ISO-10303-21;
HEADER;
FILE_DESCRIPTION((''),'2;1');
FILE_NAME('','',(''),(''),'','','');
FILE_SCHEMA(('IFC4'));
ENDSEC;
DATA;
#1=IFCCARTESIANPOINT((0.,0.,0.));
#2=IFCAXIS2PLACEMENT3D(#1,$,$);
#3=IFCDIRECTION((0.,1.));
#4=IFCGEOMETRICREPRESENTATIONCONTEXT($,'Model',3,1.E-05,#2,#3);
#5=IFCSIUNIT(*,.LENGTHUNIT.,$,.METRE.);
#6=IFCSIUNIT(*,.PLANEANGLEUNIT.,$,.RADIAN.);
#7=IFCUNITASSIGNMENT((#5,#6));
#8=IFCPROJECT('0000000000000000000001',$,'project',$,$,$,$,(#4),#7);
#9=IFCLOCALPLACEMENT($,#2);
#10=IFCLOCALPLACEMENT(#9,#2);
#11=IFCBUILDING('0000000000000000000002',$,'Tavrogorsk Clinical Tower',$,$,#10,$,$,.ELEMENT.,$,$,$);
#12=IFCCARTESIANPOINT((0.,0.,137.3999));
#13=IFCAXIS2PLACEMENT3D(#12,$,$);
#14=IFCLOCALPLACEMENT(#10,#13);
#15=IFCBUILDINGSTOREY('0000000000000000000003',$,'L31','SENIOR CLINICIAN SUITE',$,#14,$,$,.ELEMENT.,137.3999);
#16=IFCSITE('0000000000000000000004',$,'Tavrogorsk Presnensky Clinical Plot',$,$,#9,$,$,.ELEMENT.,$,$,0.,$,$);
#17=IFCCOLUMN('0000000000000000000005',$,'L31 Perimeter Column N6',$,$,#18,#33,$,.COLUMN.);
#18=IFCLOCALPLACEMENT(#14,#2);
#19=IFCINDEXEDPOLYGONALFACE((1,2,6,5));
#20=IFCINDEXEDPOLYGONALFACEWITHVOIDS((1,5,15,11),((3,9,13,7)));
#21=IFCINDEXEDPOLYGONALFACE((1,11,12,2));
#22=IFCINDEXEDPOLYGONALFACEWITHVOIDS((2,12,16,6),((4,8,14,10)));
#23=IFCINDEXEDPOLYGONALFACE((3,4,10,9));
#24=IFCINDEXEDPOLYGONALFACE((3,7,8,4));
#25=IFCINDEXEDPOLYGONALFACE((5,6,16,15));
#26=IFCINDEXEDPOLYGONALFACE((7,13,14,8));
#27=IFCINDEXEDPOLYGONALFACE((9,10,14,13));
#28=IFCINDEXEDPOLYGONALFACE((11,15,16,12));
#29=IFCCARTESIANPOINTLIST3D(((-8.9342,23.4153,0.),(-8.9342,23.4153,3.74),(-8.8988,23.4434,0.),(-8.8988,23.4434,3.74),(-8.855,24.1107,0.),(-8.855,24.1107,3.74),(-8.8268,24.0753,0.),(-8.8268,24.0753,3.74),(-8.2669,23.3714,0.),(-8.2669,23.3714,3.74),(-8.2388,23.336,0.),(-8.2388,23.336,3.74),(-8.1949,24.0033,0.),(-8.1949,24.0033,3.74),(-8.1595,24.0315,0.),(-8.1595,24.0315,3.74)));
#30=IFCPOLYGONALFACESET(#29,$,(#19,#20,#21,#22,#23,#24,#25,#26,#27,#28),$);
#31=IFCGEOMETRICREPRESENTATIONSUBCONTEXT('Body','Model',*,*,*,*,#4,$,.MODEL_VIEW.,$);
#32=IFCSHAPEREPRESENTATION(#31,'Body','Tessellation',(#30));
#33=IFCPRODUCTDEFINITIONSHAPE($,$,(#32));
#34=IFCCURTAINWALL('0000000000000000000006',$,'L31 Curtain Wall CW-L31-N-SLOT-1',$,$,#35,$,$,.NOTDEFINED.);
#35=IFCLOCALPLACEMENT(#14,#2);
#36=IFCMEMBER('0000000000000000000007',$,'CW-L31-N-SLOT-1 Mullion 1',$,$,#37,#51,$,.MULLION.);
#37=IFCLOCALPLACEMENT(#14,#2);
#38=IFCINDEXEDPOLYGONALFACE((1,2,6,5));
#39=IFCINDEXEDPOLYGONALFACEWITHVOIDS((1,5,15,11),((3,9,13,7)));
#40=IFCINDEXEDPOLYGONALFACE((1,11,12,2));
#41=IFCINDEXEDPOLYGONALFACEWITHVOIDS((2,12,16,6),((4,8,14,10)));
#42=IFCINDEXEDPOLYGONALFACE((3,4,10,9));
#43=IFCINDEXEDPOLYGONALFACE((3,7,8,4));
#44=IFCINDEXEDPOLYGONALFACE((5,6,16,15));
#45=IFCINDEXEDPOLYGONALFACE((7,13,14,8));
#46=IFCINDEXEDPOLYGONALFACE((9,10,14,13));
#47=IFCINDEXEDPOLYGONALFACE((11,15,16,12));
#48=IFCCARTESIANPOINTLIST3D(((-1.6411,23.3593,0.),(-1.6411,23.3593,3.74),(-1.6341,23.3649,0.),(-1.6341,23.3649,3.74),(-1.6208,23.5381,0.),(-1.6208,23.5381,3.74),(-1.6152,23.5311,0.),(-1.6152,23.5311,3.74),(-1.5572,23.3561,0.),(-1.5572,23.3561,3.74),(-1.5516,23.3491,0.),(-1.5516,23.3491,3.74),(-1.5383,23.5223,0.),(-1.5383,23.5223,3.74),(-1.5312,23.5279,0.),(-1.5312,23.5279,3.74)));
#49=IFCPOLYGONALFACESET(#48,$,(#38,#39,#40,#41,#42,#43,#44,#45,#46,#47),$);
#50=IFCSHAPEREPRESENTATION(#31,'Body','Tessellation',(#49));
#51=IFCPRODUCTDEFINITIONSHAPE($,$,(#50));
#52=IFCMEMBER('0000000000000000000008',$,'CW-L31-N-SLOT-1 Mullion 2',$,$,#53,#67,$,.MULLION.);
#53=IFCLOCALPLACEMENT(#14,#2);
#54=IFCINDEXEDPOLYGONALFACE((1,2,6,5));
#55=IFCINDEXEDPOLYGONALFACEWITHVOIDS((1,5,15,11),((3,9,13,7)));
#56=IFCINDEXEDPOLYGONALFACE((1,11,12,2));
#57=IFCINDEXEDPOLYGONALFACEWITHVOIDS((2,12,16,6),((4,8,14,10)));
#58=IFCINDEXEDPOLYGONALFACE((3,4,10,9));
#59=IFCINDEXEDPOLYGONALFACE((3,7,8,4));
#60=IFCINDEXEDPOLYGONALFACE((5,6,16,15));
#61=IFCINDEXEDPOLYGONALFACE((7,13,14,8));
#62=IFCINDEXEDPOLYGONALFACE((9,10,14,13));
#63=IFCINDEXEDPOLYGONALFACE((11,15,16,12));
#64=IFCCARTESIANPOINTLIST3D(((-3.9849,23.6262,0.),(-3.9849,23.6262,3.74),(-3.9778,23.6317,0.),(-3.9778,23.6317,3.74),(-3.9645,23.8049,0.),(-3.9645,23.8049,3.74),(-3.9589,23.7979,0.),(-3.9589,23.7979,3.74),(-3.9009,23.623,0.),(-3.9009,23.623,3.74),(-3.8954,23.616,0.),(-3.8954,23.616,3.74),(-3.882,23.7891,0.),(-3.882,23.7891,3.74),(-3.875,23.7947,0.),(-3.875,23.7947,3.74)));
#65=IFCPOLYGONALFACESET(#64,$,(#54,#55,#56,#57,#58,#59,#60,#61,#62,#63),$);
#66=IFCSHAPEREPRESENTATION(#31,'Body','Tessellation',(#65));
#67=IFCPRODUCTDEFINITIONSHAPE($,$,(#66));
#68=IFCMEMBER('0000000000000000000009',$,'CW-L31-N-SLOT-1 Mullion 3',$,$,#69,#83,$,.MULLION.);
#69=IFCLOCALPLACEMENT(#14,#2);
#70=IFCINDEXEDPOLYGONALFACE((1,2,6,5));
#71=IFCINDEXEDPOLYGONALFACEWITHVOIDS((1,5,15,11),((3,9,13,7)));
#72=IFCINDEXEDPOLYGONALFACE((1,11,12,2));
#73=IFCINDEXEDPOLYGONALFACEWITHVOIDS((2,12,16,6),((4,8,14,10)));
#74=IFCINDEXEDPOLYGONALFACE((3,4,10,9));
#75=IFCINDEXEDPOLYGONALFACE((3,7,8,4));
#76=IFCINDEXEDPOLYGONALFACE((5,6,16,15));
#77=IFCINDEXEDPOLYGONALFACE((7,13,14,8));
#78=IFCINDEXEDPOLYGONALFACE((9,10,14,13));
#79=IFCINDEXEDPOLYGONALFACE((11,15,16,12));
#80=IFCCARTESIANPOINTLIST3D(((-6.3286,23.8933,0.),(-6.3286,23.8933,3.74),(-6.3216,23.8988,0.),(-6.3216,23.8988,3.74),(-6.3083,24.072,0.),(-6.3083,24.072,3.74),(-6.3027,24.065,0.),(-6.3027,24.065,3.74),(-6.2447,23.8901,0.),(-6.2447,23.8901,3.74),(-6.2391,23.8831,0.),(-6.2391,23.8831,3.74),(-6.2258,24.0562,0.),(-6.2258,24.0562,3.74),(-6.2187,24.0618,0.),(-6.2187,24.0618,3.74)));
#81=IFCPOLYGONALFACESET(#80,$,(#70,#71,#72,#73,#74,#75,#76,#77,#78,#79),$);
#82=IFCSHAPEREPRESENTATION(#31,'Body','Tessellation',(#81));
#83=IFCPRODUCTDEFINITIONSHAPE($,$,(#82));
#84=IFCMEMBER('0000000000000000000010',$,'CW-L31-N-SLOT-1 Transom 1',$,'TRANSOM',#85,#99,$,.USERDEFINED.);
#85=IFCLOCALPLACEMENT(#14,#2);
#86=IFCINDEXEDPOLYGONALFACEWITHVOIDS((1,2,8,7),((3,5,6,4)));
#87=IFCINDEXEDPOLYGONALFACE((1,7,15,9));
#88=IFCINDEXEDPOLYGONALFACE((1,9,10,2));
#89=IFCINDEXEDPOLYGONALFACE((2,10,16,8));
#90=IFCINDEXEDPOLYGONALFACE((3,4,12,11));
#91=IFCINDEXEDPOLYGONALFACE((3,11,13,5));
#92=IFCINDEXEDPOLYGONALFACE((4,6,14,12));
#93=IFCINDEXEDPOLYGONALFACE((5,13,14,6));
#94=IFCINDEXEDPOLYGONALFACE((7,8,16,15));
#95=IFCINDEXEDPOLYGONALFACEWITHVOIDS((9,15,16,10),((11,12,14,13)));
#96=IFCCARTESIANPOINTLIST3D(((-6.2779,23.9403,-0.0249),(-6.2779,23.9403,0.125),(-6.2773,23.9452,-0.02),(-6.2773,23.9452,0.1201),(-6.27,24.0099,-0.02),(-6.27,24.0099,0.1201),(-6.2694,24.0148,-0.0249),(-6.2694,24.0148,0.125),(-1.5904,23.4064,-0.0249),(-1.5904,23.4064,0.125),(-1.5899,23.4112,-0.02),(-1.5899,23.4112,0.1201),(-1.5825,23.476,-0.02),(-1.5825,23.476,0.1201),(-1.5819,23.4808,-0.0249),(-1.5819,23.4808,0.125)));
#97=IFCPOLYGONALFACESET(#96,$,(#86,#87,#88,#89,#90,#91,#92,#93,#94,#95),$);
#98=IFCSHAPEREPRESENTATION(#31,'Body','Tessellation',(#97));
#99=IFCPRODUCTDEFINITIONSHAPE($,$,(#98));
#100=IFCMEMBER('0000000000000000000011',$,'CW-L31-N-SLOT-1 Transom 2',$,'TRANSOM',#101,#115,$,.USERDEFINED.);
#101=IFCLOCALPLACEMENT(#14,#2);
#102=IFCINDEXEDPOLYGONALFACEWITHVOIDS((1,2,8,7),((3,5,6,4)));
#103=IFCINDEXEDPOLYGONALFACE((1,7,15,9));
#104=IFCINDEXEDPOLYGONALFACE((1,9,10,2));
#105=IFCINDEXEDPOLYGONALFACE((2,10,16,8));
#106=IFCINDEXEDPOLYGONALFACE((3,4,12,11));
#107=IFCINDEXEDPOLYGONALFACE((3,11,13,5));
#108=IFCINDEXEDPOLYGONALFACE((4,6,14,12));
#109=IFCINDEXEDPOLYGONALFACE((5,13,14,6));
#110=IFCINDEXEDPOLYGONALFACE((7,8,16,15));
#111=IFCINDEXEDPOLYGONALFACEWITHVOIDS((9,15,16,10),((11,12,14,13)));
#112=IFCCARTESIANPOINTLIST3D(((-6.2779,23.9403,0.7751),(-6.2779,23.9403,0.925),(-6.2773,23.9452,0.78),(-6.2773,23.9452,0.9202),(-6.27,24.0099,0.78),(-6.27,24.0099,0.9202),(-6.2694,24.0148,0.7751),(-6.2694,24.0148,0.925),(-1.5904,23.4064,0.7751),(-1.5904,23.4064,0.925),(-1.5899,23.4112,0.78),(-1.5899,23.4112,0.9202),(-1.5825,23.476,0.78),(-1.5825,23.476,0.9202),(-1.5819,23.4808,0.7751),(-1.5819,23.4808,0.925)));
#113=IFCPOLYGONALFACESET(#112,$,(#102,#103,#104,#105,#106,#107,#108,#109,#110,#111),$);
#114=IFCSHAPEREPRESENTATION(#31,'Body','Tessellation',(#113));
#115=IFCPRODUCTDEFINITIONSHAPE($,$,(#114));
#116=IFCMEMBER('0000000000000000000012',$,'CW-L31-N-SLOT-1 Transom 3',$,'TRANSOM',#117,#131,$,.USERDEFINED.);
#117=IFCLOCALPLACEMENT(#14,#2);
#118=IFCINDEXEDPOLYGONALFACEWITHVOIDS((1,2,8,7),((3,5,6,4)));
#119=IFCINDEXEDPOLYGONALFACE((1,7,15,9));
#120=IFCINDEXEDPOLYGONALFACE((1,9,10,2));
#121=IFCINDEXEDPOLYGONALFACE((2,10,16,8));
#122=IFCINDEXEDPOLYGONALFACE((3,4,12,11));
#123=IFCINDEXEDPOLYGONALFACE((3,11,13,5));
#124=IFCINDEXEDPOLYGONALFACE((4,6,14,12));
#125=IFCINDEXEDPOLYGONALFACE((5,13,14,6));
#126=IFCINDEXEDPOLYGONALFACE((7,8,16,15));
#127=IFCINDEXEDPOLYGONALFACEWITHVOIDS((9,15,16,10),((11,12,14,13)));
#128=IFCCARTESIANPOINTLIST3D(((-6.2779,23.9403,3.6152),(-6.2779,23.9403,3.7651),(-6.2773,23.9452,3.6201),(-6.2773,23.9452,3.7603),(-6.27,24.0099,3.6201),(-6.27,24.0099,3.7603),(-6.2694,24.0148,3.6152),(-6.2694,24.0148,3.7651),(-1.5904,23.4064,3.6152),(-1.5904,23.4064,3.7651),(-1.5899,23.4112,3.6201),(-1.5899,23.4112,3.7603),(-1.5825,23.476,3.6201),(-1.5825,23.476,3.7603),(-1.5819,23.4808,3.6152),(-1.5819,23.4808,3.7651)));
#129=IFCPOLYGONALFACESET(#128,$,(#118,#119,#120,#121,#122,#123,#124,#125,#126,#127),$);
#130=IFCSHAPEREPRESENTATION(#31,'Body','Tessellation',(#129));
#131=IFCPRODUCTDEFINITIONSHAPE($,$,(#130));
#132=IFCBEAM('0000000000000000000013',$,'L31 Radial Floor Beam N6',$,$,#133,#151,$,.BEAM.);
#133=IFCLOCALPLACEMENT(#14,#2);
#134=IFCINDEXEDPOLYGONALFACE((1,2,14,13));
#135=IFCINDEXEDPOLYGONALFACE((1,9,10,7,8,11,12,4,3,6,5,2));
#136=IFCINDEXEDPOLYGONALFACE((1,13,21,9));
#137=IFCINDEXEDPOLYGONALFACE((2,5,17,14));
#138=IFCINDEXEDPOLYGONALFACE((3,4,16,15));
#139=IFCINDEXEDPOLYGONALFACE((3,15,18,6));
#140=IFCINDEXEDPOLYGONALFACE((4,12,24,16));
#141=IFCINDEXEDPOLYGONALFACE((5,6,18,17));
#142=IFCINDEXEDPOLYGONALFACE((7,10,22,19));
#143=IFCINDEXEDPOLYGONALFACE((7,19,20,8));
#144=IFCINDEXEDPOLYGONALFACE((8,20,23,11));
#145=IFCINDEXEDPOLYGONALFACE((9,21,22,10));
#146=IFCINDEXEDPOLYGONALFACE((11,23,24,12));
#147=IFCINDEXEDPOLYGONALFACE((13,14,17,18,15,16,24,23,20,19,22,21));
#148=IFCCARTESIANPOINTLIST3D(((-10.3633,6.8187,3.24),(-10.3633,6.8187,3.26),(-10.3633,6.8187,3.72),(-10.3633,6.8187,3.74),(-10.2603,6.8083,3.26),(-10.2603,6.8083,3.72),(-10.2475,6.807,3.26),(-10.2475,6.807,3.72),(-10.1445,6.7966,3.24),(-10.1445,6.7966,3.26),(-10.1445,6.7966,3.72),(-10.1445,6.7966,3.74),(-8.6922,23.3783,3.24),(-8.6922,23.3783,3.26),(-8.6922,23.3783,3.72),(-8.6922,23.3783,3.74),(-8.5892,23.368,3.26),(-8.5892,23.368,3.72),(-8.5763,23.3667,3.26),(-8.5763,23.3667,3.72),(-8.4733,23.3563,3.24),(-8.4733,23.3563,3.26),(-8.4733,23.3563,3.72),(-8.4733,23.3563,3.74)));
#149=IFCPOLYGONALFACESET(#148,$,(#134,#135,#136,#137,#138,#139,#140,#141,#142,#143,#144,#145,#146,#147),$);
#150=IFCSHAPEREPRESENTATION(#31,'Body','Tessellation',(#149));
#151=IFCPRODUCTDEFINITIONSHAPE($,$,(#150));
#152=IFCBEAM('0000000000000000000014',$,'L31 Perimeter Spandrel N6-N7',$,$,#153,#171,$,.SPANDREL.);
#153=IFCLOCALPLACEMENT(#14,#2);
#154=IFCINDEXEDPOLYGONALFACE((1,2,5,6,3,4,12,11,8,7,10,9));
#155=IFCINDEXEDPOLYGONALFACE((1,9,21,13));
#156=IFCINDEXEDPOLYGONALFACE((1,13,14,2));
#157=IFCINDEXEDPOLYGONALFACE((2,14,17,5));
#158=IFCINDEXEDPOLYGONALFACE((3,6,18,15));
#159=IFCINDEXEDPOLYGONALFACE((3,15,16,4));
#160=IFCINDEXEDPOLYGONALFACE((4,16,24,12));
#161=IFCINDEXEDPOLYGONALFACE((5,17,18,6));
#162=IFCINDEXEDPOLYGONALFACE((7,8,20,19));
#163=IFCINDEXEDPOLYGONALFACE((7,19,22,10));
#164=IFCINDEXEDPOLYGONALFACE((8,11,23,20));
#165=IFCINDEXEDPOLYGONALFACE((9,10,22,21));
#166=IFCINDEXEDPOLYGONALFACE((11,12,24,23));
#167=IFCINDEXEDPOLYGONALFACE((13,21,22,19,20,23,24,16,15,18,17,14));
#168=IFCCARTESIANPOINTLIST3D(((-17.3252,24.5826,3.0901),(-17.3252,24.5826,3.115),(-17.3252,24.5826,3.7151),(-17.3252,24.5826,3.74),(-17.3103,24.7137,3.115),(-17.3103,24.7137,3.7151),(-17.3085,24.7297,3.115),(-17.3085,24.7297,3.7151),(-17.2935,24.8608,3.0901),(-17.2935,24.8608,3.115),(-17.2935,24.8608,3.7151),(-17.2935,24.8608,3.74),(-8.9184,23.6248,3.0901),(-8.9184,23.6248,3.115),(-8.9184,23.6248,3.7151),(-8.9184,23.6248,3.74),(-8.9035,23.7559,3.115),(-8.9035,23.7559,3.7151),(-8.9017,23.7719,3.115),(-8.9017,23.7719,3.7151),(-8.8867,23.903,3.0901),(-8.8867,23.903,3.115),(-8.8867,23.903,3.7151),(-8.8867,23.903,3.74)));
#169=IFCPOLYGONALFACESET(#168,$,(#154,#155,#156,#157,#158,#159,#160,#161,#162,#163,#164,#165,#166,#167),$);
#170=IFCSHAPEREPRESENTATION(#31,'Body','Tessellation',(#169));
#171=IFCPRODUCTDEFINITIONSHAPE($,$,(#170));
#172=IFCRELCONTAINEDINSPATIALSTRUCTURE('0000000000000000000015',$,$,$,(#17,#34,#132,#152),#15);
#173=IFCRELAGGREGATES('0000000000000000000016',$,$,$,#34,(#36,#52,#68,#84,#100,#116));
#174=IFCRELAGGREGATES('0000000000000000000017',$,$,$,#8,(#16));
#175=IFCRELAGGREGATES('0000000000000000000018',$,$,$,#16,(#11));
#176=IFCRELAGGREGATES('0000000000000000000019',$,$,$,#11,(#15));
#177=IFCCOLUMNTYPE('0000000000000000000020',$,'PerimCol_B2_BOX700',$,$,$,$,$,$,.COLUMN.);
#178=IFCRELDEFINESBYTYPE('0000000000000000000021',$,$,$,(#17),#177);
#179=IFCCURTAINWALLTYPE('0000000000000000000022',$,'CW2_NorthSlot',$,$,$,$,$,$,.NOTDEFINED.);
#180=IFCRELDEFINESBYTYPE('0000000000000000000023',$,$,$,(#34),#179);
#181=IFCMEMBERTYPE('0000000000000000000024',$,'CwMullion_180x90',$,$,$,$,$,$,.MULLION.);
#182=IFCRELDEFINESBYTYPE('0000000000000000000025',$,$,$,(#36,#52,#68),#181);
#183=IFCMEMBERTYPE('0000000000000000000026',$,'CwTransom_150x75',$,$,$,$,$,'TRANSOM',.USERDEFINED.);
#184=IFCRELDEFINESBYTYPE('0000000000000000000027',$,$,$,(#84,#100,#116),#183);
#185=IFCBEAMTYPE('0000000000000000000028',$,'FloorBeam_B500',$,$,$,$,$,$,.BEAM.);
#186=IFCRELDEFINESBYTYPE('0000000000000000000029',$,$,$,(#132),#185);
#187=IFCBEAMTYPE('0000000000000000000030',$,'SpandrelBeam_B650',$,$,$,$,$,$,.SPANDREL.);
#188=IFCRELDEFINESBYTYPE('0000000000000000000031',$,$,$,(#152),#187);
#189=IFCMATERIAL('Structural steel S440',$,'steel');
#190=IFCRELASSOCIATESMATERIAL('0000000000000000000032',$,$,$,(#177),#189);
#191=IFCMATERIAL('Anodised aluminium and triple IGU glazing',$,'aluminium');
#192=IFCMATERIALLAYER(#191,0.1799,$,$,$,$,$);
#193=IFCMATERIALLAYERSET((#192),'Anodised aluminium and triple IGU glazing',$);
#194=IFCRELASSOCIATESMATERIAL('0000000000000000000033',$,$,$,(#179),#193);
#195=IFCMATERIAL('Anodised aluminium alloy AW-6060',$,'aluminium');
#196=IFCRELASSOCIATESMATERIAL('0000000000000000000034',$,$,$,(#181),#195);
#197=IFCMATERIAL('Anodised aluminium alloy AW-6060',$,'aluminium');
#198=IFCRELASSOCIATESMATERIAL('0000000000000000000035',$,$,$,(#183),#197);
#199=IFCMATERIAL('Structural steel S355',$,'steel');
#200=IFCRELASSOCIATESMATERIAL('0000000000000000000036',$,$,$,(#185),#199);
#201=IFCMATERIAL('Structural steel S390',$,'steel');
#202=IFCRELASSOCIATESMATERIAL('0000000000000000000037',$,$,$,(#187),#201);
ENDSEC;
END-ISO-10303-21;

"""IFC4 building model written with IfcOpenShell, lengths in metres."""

from ifc_helpers import new_model, si_unit, direction, frame, origin, origin_2d, place, context, subcontext, project, spatial, hollow_rectangle, i_section, extrude, material, layer, layer_set, material_profile, profile_set, type_object, element, aggregate, save


model = new_model("IFC4")

# Units and contexts
model_context = context("Model", 3, precision=1e-05, world=origin(), true_north=direction((0.0, 1.0)))
body_context = subcontext(model_context, "Body", "Model", "MODEL_VIEW")
ifc_project = project(units=[si_unit("LENGTHUNIT", "METRE"), si_unit("PLANEANGLEUNIT", "RADIAN")], contexts=[model_context])

# Site, building, storey
site_placement = place(None, origin())
site = spatial("IfcSite", under=ifc_project, at=site_placement, Name="Tavrogorsk Presnensky Clinical Plot", CompositionType="ELEMENT", RefElevation=0.0)
building_placement = place(site_placement, origin())
building = spatial("IfcBuilding", under=site, at=building_placement, Name="Tavrogorsk Clinical Tower", CompositionType="ELEMENT")
storey_placement = place(building_placement, frame((0.0, 0.0, 137.3999)))
storey = spatial("IfcBuildingStorey", under=building, at=storey_placement, Name="L31", Description="SENIOR CLINICIAN SUITE", CompositionType="ELEMENT", Elevation=137.3999)

# Column
ifc_material_1 = material(Name="Structural steel S440", Category="steel")
ifc_material_profile_1 = material_profile(ifc_material_1, hollow_rectangle(XDim=0.7, YDim=0.7, WallThickness=0.032, at=origin_2d()), Name="BOX-700x700x32")
ifc_profile_set_1 = profile_set([ifc_material_profile_1], Name="Structural steel S440")
column_type = type_object("IfcColumnType", Name="PerimCol_B2_BOX700", PredefinedType="COLUMN", material=ifc_profile_set_1)
column_placement = place(storey_placement, frame((-8.5469, 23.7234, 0.0), z_axis=(0.0, 0.0, 1.0), x_axis=(0.993572, -0.113203, 0.0)))
element("IfcColumn", 1, at=column_placement, inside=storey, type_object=column_type, Name="L31 Perimeter Column N6", PredefinedType="COLUMN", context=body_context, shape_type="SweptSolid", body=[
    extrude(hollow_rectangle(XDim=0.7, YDim=0.7, WallThickness=0.032, at=origin_2d()), origin(), (0.0, 0.0, 1.0), 3.74),
])

# Curtain wall, members
ifc_material_2 = material(Name="Anodised aluminium and triple IGU glazing", Category="aluminium")
ifc_layer_1 = layer(ifc_material_2, 0.1799)
ifc_layer_set_1 = layer_set([ifc_layer_1], Name="Anodised aluminium and triple IGU glazing")
curtain_wall_type = type_object("IfcCurtainWallType", Name="CW2_NorthSlot", PredefinedType="NOTDEFINED", material=ifc_layer_set_1)
curtain_wall_placement = place(storey_placement, origin())
curtain_wall = element("IfcCurtainWall", 2, at=curtain_wall_placement, inside=storey, type_object=curtain_wall_type, Name="L31 Curtain Wall CW-L31-N-SLOT-1", PredefinedType="NOTDEFINED")
ifc_material_3 = material(Name="Anodised aluminium alloy AW-6060", Category="aluminium")
ifc_material_profile_2 = material_profile(ifc_material_3, hollow_rectangle(XDim=0.0901, YDim=0.1799, WallThickness=0.0063, at=origin_2d()), Name="RHS-180x90x6.3")
ifc_profile_set_2 = profile_set([ifc_material_profile_2], Name="Anodised aluminium alloy AW-6060")
member_type_1 = type_object("IfcMemberType", Name="CwMullion_180x90", PredefinedType="MULLION", material=ifc_profile_set_2)
member_1_placement = place(storey_placement, frame((-1.5862, 23.4436, 0.0), z_axis=(0.0, 0.0, 1.0), x_axis=(-0.993572, 0.113203, 0.0)))
member_1 = element("IfcMember", 3, at=member_1_placement, type_object=member_type_1, Name="CW-L31-N-SLOT-1 Mullion 1", PredefinedType="MULLION", context=body_context, shape_type="SweptSolid", body=[
    extrude(hollow_rectangle(XDim=0.0901, YDim=0.1799, WallThickness=0.0063, at=origin_2d()), origin(), (0.0, 0.0, 1.0), 3.74),
])
member_2_placement = place(storey_placement, frame((-3.9299, 23.7104, 0.0), z_axis=(0.0, 0.0, 1.0), x_axis=(-0.993572, 0.113203, 0.0)))
member_2 = element("IfcMember", 4, at=member_2_placement, type_object=member_type_1, Name="CW-L31-N-SLOT-1 Mullion 2", PredefinedType="MULLION", context=body_context, shape_type="SweptSolid", body=[
    extrude(hollow_rectangle(XDim=0.0901, YDim=0.1799, WallThickness=0.0063, at=origin_2d()), origin(), (0.0, 0.0, 1.0), 3.74),
])
member_3_placement = place(storey_placement, frame((-6.2737, 23.9775, 0.0), z_axis=(0.0, 0.0, 1.0), x_axis=(-0.993572, 0.113203, 0.0)))
member_3 = element("IfcMember", 5, at=member_3_placement, type_object=member_type_1, Name="CW-L31-N-SLOT-1 Mullion 3", PredefinedType="MULLION", context=body_context, shape_type="SweptSolid", body=[
    extrude(hollow_rectangle(XDim=0.0901, YDim=0.1799, WallThickness=0.0063, at=origin_2d()), origin(), (0.0, 0.0, 1.0), 3.74),
])
ifc_material_4 = material(Name="Anodised aluminium alloy AW-6060", Category="aluminium")
ifc_material_profile_3 = material_profile(ifc_material_4, hollow_rectangle(XDim=0.075, YDim=0.1499, WallThickness=0.0049, at=origin_2d()), Name="RHS-150x75x5")
ifc_profile_set_3 = profile_set([ifc_material_profile_3], Name="Anodised aluminium alloy AW-6060")
member_type_2 = type_object("IfcMemberType", Name="CwTransom_150x75", ElementType="TRANSOM", PredefinedType="USERDEFINED", material=ifc_profile_set_3)
member_4_placement = place(storey_placement, frame((-1.5862, 23.4436, 0.05), z_axis=(-0.993575, 0.113174, 0.0), x_axis=(-0.113174, -0.993575, 0.0)))
member_4 = element("IfcMember", 6, at=member_4_placement, type_object=member_type_2, Name="CW-L31-N-SLOT-1 Transom 1", ObjectType="TRANSOM", PredefinedType="USERDEFINED", context=body_context, shape_type="SweptSolid", body=[
    extrude(hollow_rectangle(XDim=0.075, YDim=0.1499, WallThickness=0.0049, at=origin_2d()), origin(), (0.0, 0.0, 1.0), 4.7178),
])
member_5_placement = place(storey_placement, frame((-1.5862, 23.4436, 0.8501), z_axis=(-0.993575, 0.113174, 0.0), x_axis=(-0.113174, -0.993575, 0.0)))
member_5 = element("IfcMember", 7, at=member_5_placement, type_object=member_type_2, Name="CW-L31-N-SLOT-1 Transom 2", ObjectType="TRANSOM", PredefinedType="USERDEFINED", context=body_context, shape_type="SweptSolid", body=[
    extrude(hollow_rectangle(XDim=0.075, YDim=0.1499, WallThickness=0.0049, at=origin_2d()), origin(), (0.0, 0.0, 1.0), 4.7178),
])
member_6_placement = place(storey_placement, frame((-1.5862, 23.4436, 3.6902), z_axis=(-0.993575, 0.113174, 0.0), x_axis=(-0.113174, -0.993575, 0.0)))
member_6 = element("IfcMember", 8, at=member_6_placement, type_object=member_type_2, Name="CW-L31-N-SLOT-1 Transom 3", ObjectType="TRANSOM", PredefinedType="USERDEFINED", context=body_context, shape_type="SweptSolid", body=[
    extrude(hollow_rectangle(XDim=0.075, YDim=0.1499, WallThickness=0.0049, at=origin_2d()), origin(), (0.0, 0.0, 1.0), 4.7178),
])

# Beams
ifc_material_5 = material(Name="Structural steel S355", Category="steel")
ifc_material_profile_4 = material_profile(ifc_material_5, i_section(OverallWidth=0.22, OverallDepth=0.5, WebThickness=0.0129, FlangeThickness=0.02, at=origin_2d()), Name="B-500x220x13x20")
ifc_profile_set_4 = profile_set([ifc_material_profile_4], Name="Structural steel S355")
beam_type_1 = type_object("IfcBeamType", Name="FloorBeam_B500", PredefinedType="BEAM", material=ifc_profile_set_4)
beam_1_placement = place(storey_placement, frame((-10.2539, 6.8076, 3.49), z_axis=(0.100407, 0.994946, 0.0), x_axis=(-0.994946, 0.100407, 0.0)))
element("IfcBeam", 9, at=beam_1_placement, inside=storey, type_object=beam_type_1, Name="L31 Radial Floor Beam N6", PredefinedType="BEAM", context=body_context, shape_type="SweptSolid", body=[
    extrude(i_section(OverallWidth=0.22, OverallDepth=0.5, WebThickness=0.0129, FlangeThickness=0.02, at=origin_2d()), origin(), (0.0, 0.0, 1.0), 16.6438),
])
ifc_material_6 = material(Name="Structural steel S390", Category="steel")
ifc_material_profile_5 = material_profile(ifc_material_6, i_section(OverallWidth=0.28, OverallDepth=0.6499, WebThickness=0.0161, FlangeThickness=0.0249, at=origin_2d()), Name="B-650x280x16x25")
ifc_profile_set_5 = profile_set([ifc_material_profile_5], Name="Structural steel S390")
beam_type_2 = type_object("IfcBeamType", Name="SpandrelBeam_B650", PredefinedType="SPANDREL", material=ifc_profile_set_5)
beam_2_placement = place(storey_placement, frame((-8.9026, 23.7639, 3.415), z_axis=(-0.993573, 0.113196, 0.0), x_axis=(-0.113196, -0.993573, 0.0)))
element("IfcBeam", 10, at=beam_2_placement, inside=storey, type_object=beam_type_2, Name="L31 Perimeter Spandrel N6-N7", PredefinedType="SPANDREL", context=body_context, shape_type="SweptSolid", body=[
    extrude(i_section(OverallWidth=0.28, OverallDepth=0.6499, WebThickness=0.0161, FlangeThickness=0.0249, at=origin_2d()), origin(), (0.0, 0.0, 1.0), 8.4612),
])

aggregate(curtain_wall, [member_1, member_2, member_3, member_4, member_5, member_6])

save(model, "model.ifc")
